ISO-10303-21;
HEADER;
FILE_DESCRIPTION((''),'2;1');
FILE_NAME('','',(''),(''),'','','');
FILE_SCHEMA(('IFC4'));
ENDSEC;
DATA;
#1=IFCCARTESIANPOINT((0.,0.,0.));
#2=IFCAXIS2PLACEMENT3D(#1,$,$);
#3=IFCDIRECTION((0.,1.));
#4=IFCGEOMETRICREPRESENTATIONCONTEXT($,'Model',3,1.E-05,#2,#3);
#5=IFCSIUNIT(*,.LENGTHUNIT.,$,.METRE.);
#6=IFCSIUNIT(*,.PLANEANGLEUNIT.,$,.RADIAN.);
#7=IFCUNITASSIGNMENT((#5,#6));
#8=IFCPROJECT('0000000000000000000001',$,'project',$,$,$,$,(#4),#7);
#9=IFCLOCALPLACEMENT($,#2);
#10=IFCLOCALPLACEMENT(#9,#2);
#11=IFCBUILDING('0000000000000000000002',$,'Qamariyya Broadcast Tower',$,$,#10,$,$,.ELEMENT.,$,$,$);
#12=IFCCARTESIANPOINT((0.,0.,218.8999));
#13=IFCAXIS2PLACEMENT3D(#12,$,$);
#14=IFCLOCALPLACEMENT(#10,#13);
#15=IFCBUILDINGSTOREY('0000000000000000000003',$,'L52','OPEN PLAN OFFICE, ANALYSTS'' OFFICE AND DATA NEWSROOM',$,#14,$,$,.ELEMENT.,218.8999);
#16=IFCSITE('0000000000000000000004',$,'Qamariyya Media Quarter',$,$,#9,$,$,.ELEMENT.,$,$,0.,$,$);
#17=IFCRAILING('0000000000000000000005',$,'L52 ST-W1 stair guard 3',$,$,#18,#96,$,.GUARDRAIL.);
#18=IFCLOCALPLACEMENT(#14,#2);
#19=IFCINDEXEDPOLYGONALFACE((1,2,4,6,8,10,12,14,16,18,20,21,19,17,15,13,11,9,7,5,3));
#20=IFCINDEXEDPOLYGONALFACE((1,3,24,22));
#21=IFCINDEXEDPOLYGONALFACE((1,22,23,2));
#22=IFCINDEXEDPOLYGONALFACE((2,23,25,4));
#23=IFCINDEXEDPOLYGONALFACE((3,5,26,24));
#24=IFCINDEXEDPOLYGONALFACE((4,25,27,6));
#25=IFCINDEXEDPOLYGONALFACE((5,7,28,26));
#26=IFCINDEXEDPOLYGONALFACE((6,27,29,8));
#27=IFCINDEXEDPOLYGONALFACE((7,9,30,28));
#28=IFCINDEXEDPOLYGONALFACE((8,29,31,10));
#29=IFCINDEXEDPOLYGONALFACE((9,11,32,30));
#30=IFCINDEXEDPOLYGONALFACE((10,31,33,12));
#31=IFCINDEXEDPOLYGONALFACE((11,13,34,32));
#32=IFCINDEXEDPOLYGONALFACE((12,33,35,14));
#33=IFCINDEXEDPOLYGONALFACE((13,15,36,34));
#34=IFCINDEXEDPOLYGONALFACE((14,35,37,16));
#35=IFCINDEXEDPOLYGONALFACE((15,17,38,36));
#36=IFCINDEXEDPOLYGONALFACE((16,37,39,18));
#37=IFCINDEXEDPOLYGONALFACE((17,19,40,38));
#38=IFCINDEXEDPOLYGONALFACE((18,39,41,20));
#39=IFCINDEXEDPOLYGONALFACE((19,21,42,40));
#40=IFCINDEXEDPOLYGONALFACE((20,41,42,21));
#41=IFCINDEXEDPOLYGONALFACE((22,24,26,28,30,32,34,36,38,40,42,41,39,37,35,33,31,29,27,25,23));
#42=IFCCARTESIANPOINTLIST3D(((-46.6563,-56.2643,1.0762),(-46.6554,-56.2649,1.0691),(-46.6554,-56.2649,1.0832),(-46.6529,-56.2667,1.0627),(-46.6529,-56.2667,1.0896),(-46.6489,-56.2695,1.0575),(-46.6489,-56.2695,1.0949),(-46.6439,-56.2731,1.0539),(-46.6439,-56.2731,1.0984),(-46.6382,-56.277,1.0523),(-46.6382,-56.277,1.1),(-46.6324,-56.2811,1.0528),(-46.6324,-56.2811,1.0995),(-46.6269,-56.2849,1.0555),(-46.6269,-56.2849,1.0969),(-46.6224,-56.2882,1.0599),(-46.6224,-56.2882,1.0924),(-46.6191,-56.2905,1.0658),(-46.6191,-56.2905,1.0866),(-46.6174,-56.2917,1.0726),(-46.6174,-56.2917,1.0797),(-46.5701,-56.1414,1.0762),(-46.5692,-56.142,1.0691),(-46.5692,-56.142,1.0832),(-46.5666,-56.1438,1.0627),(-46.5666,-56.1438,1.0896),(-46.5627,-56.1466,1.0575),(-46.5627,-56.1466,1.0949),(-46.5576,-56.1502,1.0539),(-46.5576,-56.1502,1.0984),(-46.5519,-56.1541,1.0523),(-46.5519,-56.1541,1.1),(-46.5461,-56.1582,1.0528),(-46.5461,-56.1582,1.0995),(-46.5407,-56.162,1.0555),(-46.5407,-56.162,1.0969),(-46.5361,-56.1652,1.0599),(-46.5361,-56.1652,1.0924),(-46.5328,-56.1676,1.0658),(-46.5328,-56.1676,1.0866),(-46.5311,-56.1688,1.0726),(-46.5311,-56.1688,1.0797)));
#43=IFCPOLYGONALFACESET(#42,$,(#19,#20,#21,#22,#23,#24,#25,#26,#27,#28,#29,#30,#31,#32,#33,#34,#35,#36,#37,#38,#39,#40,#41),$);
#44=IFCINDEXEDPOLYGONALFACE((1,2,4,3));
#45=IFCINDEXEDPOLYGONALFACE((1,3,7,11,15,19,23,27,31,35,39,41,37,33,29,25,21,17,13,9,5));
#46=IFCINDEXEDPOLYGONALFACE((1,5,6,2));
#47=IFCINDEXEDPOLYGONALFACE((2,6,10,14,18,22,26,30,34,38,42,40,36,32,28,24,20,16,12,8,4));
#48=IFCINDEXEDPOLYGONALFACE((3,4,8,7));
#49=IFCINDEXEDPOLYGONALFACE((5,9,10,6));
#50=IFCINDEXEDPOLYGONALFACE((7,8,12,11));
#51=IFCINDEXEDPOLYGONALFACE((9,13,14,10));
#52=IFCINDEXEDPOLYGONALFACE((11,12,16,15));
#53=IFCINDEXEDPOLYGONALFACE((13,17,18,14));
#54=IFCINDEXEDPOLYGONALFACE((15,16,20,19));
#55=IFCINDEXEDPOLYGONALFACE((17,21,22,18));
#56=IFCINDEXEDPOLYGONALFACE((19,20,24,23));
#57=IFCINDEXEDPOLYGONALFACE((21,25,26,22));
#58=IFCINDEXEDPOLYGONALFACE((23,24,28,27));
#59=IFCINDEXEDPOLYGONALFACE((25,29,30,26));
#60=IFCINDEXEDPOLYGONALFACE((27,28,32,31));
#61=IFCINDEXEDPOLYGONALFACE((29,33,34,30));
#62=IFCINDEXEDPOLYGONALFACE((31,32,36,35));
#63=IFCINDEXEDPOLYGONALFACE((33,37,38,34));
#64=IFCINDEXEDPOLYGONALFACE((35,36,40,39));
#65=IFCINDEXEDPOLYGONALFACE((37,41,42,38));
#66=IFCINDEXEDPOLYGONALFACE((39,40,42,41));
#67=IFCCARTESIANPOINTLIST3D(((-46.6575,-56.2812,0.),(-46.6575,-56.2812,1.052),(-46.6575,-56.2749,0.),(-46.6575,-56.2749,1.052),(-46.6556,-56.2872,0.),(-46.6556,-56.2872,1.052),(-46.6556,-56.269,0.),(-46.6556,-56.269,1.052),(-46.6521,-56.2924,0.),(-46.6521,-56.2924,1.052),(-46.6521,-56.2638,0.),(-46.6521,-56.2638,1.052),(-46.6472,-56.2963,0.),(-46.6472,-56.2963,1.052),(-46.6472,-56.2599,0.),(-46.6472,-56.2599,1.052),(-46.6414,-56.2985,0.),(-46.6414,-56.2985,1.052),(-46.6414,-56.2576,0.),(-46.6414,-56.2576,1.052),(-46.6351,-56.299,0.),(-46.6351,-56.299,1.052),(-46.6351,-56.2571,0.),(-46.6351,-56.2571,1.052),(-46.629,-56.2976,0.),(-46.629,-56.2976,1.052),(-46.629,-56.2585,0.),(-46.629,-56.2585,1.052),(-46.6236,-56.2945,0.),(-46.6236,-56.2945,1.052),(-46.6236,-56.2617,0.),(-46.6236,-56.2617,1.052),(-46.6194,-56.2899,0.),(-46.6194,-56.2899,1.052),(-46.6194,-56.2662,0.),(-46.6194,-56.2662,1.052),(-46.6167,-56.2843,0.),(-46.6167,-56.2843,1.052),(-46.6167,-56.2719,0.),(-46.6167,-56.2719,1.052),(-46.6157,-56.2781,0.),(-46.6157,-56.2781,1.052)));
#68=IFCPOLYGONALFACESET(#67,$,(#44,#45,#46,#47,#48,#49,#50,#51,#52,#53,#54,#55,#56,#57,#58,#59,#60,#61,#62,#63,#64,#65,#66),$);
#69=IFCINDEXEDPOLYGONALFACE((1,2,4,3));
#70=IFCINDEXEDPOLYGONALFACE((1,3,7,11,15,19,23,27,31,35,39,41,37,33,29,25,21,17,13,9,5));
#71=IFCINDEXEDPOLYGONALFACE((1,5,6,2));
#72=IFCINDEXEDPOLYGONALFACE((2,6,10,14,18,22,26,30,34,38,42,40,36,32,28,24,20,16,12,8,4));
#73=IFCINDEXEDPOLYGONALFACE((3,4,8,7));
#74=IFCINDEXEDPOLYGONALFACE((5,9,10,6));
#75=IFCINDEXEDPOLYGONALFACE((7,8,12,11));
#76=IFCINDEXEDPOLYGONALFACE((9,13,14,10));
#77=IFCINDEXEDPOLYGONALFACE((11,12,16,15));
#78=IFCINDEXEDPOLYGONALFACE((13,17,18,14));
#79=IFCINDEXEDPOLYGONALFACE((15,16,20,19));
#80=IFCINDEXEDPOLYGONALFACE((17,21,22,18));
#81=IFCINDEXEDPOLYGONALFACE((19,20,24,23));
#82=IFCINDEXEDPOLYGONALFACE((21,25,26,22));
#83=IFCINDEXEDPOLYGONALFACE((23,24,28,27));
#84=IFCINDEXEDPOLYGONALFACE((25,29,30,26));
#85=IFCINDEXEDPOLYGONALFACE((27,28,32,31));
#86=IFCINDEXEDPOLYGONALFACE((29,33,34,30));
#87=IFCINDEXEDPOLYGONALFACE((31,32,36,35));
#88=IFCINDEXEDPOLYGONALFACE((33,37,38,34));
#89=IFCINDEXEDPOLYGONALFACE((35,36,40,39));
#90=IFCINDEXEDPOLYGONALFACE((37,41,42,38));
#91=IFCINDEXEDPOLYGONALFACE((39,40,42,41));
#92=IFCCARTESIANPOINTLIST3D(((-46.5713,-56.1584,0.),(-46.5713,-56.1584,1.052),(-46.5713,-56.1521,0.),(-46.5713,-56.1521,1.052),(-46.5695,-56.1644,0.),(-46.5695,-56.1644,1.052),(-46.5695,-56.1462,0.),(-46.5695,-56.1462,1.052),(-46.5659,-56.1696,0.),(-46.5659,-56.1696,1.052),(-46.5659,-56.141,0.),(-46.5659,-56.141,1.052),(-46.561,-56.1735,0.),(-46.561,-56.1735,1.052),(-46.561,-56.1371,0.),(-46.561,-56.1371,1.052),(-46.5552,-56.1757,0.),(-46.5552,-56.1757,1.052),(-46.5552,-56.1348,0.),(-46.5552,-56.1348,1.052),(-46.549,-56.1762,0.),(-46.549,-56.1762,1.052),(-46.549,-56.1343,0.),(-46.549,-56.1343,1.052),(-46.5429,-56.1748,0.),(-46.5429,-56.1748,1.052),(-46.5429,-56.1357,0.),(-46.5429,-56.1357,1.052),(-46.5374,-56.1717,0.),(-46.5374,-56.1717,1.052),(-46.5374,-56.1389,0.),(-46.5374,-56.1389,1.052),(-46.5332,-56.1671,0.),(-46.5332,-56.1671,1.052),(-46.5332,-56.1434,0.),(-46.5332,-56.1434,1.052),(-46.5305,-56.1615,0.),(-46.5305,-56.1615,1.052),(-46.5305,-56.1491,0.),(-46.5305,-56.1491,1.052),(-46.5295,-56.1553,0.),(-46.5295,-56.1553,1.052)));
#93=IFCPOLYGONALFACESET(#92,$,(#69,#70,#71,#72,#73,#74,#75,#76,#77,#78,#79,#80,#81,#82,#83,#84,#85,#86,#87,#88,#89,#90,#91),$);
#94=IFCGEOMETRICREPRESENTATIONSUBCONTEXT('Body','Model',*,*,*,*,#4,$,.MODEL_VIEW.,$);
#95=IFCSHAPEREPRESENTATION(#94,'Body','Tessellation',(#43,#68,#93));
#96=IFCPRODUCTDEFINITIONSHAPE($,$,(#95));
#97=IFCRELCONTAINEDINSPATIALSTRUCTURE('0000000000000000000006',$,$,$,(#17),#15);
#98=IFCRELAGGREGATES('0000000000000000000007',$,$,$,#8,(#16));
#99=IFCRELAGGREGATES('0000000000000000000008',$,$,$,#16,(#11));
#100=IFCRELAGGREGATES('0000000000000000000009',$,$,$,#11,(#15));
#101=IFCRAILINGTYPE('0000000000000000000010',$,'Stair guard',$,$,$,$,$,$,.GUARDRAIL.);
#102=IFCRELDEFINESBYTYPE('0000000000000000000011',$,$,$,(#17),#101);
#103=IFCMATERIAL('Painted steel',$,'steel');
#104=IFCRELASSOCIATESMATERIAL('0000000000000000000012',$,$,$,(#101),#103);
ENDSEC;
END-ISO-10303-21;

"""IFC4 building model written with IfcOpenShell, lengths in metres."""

from ifc_helpers import new_model, si_unit, direction, frame, origin, origin_2d, place, context, subcontext, project, spatial, circle, extrude, material, type_object, element, save


model = new_model("IFC4")

# Units and contexts
model_context = context("Model", 3, precision=1e-05, world=origin(), true_north=direction((0.0, 1.0)))
body_context = subcontext(model_context, "Body", "Model", "MODEL_VIEW")
ifc_project = project(units=[si_unit("LENGTHUNIT", "METRE"), si_unit("PLANEANGLEUNIT", "RADIAN")], contexts=[model_context])

# Site, building, storey
site_placement = place(None, origin())
site = spatial("IfcSite", under=ifc_project, at=site_placement, Name="Qamariyya Media Quarter", CompositionType="ELEMENT", RefElevation=0.0)
building_placement = place(site_placement, origin())
building = spatial("IfcBuilding", under=site, at=building_placement, Name="Qamariyya Broadcast Tower", CompositionType="ELEMENT")
storey_placement = place(building_placement, frame((0.0, 0.0, 218.8999)))
storey = spatial("IfcBuildingStorey", under=building, at=storey_placement, Name="L52", Description="OPEN PLAN OFFICE, ANALYSTS' OFFICE AND DATA NEWSROOM", CompositionType="ELEMENT", Elevation=218.8999)

# Railing
ifc_material_1 = material(Name="Painted steel", Category="steel")
railing_type_1 = type_object("IfcRailingType", Name="Stair guard", PredefinedType="GUARDRAIL", material=ifc_material_1)
railing_1_placement = place(storey_placement, frame((-46.6367, -56.2781, 0.0)))
element("IfcRailing", 1, at=railing_1_placement, inside=storey, type_object=railing_type_1, Name="L52 ST-W1 stair guard 3", PredefinedType="GUARDRAIL", context=body_context, shape_type="SweptSolid", body=[
    extrude(circle(Radius=0.0239, at=origin_2d()), frame((0.0, 0.0, 1.0762), z_axis=(0.574445, 0.818543, 0.0), x_axis=(-0.818543, 0.574445, 0.0)), (0.0, 0.0, 1.0), 0.1501),
    extrude(circle(Radius=0.021, at=origin_2d()), origin(), (0.0, 0.0, 1.0), 1.052),
    extrude(circle(Radius=0.021, at=origin_2d()), frame((0.0862, 0.1228, 0.0)), (0.0, 0.0, 1.0), 1.052),
])

save(model, "model.ifc")
